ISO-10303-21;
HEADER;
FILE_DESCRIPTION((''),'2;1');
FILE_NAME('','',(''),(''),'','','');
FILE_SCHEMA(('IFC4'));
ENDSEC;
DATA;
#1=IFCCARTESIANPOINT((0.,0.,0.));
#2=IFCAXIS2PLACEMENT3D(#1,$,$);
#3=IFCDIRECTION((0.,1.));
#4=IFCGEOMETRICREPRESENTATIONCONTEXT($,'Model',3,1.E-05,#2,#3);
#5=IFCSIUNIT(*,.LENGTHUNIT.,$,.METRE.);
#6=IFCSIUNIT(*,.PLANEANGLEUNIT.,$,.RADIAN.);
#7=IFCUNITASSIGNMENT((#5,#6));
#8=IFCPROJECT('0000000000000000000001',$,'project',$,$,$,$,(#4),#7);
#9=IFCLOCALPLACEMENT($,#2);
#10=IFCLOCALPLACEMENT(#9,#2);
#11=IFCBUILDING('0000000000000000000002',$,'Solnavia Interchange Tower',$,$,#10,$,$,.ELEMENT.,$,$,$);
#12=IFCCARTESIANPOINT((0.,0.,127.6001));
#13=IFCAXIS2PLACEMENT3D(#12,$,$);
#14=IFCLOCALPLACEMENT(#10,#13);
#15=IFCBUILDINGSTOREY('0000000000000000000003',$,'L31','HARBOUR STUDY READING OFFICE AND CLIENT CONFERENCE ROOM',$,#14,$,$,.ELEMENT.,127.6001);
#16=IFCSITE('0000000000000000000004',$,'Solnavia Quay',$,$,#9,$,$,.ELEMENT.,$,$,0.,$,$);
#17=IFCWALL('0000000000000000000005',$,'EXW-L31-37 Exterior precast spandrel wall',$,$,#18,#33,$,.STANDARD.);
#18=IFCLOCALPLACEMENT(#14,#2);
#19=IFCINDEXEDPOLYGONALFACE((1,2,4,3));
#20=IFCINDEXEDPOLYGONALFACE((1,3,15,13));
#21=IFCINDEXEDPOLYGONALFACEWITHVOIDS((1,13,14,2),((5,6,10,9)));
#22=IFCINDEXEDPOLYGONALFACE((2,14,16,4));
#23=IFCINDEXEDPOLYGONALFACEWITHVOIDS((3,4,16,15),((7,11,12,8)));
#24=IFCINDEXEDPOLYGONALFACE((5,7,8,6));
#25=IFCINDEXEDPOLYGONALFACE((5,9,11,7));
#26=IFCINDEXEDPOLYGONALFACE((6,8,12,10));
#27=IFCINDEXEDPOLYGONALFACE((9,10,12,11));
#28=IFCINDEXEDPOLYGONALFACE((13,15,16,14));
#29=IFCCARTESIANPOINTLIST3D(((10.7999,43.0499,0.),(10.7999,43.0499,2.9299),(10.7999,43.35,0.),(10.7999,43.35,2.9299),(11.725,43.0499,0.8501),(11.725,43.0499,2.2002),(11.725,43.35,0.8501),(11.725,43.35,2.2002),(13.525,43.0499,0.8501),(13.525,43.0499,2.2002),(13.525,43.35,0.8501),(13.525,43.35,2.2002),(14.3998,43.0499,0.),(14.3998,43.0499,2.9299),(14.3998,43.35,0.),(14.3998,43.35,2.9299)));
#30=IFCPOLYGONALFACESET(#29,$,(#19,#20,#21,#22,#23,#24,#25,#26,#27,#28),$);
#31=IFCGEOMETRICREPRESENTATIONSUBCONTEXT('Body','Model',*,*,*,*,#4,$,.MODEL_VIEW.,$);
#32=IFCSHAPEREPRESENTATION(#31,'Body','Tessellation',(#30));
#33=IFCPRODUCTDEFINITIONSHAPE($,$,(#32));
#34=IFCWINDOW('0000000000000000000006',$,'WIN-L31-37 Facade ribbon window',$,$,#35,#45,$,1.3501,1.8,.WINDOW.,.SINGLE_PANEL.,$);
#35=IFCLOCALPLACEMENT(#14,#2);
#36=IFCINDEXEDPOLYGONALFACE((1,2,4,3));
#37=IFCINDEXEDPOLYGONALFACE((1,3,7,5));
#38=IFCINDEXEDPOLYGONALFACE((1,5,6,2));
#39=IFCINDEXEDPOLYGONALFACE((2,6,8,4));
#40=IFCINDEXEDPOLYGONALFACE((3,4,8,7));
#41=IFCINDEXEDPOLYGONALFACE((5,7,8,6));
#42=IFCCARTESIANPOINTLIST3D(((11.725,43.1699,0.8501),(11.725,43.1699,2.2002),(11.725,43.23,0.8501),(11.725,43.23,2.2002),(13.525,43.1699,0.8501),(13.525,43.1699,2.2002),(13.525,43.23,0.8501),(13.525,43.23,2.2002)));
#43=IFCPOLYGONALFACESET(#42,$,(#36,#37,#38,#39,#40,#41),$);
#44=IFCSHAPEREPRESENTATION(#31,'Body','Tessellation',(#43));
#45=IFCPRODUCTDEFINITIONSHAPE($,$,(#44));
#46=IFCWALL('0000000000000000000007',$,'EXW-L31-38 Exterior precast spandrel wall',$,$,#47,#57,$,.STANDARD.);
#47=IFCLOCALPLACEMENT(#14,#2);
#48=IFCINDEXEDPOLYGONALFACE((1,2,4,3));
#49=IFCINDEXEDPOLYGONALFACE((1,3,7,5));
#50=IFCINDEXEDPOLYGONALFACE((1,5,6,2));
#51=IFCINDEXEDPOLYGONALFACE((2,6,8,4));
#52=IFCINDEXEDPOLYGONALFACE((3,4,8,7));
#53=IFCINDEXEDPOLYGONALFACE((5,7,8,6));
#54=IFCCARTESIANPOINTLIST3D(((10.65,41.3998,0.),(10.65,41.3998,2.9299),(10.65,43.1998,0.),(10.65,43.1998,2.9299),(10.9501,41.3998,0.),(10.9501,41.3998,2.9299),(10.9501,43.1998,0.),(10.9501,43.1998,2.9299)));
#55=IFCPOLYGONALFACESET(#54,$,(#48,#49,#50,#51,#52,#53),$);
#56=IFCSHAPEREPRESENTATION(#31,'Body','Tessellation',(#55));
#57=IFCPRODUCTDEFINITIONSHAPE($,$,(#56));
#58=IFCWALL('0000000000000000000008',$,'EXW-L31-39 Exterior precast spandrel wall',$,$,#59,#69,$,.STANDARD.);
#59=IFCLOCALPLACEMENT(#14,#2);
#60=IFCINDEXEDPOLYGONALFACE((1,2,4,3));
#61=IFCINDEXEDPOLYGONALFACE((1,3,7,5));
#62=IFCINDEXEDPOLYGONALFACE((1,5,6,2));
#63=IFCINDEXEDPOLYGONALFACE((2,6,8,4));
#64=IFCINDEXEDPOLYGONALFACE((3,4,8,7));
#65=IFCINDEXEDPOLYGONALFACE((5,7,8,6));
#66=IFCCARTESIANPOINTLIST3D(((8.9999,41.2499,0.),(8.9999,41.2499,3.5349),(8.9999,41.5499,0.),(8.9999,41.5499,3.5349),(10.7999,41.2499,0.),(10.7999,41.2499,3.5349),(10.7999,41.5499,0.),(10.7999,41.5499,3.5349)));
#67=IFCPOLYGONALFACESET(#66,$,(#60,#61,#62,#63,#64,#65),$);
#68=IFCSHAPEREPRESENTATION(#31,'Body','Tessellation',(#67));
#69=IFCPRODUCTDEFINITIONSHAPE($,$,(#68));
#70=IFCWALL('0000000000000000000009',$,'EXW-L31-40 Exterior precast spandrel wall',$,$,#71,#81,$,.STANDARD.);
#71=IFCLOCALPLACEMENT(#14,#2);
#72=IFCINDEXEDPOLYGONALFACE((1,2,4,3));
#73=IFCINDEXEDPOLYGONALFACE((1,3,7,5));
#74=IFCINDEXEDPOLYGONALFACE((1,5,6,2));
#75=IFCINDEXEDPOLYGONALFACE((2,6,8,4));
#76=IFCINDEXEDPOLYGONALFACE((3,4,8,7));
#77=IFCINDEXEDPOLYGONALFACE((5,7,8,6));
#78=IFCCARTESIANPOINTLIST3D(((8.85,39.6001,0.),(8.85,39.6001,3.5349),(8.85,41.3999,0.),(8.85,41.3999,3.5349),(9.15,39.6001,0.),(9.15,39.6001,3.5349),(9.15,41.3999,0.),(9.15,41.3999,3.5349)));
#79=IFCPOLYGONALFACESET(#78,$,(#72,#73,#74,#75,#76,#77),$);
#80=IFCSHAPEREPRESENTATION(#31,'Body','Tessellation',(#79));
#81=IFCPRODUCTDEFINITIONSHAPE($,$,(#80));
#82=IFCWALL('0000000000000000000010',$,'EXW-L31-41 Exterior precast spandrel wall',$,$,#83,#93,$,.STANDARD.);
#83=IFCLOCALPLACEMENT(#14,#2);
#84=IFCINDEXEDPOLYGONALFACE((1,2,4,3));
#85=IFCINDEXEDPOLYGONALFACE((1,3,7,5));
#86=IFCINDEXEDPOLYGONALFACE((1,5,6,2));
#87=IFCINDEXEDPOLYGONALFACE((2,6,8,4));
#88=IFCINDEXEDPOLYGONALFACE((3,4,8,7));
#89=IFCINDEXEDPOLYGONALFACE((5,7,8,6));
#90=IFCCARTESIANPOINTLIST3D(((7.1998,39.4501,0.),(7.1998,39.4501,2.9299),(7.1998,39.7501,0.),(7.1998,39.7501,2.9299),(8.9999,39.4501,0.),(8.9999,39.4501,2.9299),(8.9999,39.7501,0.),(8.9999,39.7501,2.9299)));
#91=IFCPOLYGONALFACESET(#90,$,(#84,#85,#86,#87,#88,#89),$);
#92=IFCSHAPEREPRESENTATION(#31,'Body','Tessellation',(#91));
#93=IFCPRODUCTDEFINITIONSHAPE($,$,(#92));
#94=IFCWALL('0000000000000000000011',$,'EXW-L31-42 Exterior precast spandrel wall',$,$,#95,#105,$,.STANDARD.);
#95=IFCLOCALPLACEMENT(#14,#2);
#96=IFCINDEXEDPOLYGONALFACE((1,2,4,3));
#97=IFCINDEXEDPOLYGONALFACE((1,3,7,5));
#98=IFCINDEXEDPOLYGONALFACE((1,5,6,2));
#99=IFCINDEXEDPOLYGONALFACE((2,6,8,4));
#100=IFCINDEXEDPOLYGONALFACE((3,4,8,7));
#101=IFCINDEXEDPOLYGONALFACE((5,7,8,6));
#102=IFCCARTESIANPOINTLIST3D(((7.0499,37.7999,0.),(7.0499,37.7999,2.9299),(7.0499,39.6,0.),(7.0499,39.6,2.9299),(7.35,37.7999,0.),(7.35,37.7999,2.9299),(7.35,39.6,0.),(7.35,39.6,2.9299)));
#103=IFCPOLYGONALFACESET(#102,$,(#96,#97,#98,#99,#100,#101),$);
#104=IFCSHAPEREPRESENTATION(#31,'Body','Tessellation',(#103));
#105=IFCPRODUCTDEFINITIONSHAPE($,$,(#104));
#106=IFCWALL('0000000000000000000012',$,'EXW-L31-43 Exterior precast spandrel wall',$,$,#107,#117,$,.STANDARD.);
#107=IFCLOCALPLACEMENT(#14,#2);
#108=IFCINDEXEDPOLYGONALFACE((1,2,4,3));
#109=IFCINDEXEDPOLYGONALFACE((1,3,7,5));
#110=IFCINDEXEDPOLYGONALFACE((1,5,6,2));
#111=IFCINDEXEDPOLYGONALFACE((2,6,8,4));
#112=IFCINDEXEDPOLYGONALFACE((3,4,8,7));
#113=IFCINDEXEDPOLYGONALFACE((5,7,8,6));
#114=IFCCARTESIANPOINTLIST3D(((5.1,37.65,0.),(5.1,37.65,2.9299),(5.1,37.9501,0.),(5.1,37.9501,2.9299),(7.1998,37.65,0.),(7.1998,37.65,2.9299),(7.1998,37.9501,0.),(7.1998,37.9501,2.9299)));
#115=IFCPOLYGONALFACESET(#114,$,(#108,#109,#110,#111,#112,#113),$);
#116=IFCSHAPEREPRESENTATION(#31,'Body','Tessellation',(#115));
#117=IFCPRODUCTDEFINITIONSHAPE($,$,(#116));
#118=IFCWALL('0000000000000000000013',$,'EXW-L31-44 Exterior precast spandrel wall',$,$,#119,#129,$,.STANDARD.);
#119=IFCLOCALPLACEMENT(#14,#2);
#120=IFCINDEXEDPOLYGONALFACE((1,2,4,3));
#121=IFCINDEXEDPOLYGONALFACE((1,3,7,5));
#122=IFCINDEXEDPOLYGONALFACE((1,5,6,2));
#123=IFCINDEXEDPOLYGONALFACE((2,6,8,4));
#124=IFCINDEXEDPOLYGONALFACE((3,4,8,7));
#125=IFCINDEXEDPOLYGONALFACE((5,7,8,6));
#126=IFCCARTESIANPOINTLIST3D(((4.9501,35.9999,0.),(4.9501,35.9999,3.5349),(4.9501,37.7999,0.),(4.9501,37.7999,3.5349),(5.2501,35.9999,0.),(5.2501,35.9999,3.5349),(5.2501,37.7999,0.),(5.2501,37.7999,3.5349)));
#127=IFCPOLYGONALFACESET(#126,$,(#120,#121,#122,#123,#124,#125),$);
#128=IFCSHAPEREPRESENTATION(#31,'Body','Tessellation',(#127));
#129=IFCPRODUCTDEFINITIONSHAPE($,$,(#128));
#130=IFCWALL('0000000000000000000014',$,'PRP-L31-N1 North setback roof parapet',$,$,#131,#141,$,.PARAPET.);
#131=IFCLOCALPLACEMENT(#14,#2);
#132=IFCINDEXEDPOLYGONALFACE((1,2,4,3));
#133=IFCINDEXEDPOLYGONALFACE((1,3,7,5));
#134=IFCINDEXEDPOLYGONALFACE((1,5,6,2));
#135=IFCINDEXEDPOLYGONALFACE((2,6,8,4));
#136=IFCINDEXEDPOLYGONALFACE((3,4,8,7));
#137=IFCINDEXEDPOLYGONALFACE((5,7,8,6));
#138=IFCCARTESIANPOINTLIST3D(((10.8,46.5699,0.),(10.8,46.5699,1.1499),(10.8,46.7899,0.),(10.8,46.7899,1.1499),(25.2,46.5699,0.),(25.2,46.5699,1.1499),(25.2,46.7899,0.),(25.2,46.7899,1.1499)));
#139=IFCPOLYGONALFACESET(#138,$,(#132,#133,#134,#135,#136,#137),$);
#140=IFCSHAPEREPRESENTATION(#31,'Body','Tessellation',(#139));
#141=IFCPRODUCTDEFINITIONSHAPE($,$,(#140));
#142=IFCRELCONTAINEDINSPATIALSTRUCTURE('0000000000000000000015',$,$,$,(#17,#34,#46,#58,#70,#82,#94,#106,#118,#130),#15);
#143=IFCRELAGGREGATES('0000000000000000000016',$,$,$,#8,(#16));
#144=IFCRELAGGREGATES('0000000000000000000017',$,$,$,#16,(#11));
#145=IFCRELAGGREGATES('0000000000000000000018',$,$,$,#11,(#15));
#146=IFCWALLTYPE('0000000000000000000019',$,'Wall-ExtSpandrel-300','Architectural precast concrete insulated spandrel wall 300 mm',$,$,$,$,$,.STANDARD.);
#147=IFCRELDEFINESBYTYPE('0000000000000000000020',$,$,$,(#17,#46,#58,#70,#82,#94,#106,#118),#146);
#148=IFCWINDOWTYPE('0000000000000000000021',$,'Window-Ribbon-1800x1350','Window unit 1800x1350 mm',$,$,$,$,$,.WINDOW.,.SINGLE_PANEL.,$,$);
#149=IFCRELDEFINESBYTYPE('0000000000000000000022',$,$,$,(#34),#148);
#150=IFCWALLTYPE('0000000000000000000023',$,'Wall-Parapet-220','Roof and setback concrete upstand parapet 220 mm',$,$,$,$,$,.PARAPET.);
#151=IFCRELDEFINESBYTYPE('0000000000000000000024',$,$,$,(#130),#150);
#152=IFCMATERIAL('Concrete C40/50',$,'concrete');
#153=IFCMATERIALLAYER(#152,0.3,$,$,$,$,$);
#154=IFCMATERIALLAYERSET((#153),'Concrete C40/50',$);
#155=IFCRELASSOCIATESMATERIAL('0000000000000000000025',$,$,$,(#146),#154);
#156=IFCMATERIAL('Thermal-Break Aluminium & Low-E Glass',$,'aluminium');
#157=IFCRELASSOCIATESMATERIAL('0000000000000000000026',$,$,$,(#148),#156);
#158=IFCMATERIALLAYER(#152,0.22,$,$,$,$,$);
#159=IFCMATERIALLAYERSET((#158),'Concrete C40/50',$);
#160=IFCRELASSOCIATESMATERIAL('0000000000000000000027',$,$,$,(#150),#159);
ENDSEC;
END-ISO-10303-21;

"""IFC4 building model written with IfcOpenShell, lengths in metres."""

from ifc_helpers import new_model, si_unit, direction, frame, frame_2d, origin, place, context, subcontext, project, spatial, rectangle, extrude, material, layer, layer_set, type_object, element, fill, save


model = new_model("IFC4")

# Units and contexts
model_context = context("Model", 3, precision=1e-05, world=origin(), true_north=direction((0.0, 1.0)))
body_context = subcontext(model_context, "Body", "Model", "MODEL_VIEW")
ifc_project = project(units=[si_unit("LENGTHUNIT", "METRE"), si_unit("PLANEANGLEUNIT", "RADIAN")], contexts=[model_context])

# Site, building, storey
site_placement = place(None, origin())
site = spatial("IfcSite", under=ifc_project, at=site_placement, Name="Solnavia Quay", CompositionType="ELEMENT", RefElevation=0.0)
building_placement = place(site_placement, origin())
building = spatial("IfcBuilding", under=site, at=building_placement, Name="Solnavia Interchange Tower", CompositionType="ELEMENT")
storey_placement = place(building_placement, frame((0.0, 0.0, 127.6001)))
storey = spatial("IfcBuildingStorey", under=building, at=storey_placement, Name="L31", Description="HARBOUR STUDY READING OFFICE AND CLIENT CONFERENCE ROOM", CompositionType="ELEMENT", Elevation=127.6001)

# Wall, opening, window
ifc_material_1 = material(Name="Concrete C40/50", Category="concrete")
ifc_layer_1 = layer(ifc_material_1, 0.3)
ifc_layer_set_1 = layer_set([ifc_layer_1], Name="Concrete C40/50")
wall_type_1 = type_object("IfcWallType", Name="Wall-ExtSpandrel-300", Description="Architectural precast concrete insulated spandrel wall 300 mm", PredefinedType="STANDARD", material=ifc_layer_set_1)
wall_1_placement = place(storey_placement, frame((10.8, 43.2, 0.0), z_axis=(0.0, 0.0, 1.0), x_axis=(1.0, 0.0, 0.0)))
wall_1 = element("IfcWall", 1, at=wall_1_placement, inside=storey, type_object=wall_type_1, Name="EXW-L31-37 Exterior precast spandrel wall", PredefinedType="STANDARD", context=body_context, shape_type="SweptSolid", body=[
    extrude(rectangle(XDim=3.5999, YDim=0.3, at=frame_2d((1.7998, 0.0))), origin(), (0.0, 0.0, 1.0), 2.9299),
])
opening_placement = place(wall_1_placement, frame((0.925, 0.0, 0.8501)))
opening = element("IfcOpeningElement", 2, at=opening_placement, cuts=wall_1, PredefinedType="OPENING", context=body_context, shape_type="SweptSolid", body=[
    extrude(rectangle(XDim=1.8, YDim=1.3501, at=frame_2d((0.8999, 0.675))), frame((0.0, 0.1602, 0.0), z_axis=(0.0, -1.0, 0.0), x_axis=(1.0, 0.0, 0.0)), (0.0, 0.0, 1.0), 0.3201),
])
ifc_material_2 = material(Name="Thermal-Break Aluminium & Low-E Glass", Category="aluminium")
window_type = type_object("IfcWindowType", Name="Window-Ribbon-1800x1350", Description="Window unit 1800x1350 mm", PartitioningType="SINGLE_PANEL", PredefinedType="WINDOW", material=ifc_material_2)
window_placement = place(opening_placement, origin())
window = element("IfcWindow", 3, at=window_placement, inside=storey, type_object=window_type, Name="WIN-L31-37 Facade ribbon window", OverallHeight=1.3501, OverallWidth=1.8, PartitioningType="SINGLE_PANEL", PredefinedType="WINDOW", context=body_context, shape_type="SweptSolid", body=[
    extrude(rectangle(XDim=1.8, YDim=1.3501, at=frame_2d((0.8999, 0.675))), frame((0.0, 0.03, 0.0), z_axis=(0.0, -1.0, 0.0), x_axis=(1.0, 0.0, 0.0)), (0.0, 0.0, 1.0), 0.0601),
])
fill(opening, window)

# Walls
wall_2_placement = place(storey_placement, frame((10.8, 41.3999, 0.0), z_axis=(0.0, 0.0, 1.0), x_axis=(0.0, 1.0, 0.0)))
element("IfcWall", 4, at=wall_2_placement, inside=storey, type_object=wall_type_1, Name="EXW-L31-38 Exterior precast spandrel wall", PredefinedType="STANDARD", context=body_context, shape_type="SweptSolid", body=[
    extrude(rectangle(XDim=1.8, YDim=0.3, at=frame_2d((0.8999, 0.0))), origin(), (0.0, 0.0, 1.0), 2.9299),
])
wall_3_placement = place(storey_placement, frame((9.0, 41.3999, 0.0), z_axis=(0.0, 0.0, 1.0), x_axis=(1.0, 0.0, 0.0)))
element("IfcWall", 5, at=wall_3_placement, inside=storey, type_object=wall_type_1, Name="EXW-L31-39 Exterior precast spandrel wall", PredefinedType="STANDARD", context=body_context, shape_type="SweptSolid", body=[
    extrude(rectangle(XDim=1.8, YDim=0.3, at=frame_2d((0.8999, 0.0))), origin(), (0.0, 0.0, 1.0), 3.5349),
])
wall_4_placement = place(storey_placement, frame((9.0, 39.6001, 0.0), z_axis=(0.0, 0.0, 1.0), x_axis=(0.0, 1.0, 0.0)))
element("IfcWall", 6, at=wall_4_placement, inside=storey, type_object=wall_type_1, Name="EXW-L31-40 Exterior precast spandrel wall", PredefinedType="STANDARD", context=body_context, shape_type="SweptSolid", body=[
    extrude(rectangle(XDim=1.7998, YDim=0.3, at=frame_2d((0.8999, 0.0))), origin(), (0.0, 0.0, 1.0), 3.5349),
])
for number, where, z_axis, x_axis, name in (
    (7, (7.2, 39.6001, 0.0), (0.0, 0.0, 1.0), (1.0, 0.0, 0.0), "EXW-L31-41 Exterior precast spandrel wall"),
    (8, (7.2, 37.8, 0.0), (0.0, 0.0, 1.0), (0.0, 1.0, 0.0), "EXW-L31-42 Exterior precast spandrel wall"),
):
    element("IfcWall", number, at=place(storey_placement, frame(where, z_axis=z_axis, x_axis=x_axis)), inside=storey, type_object=wall_type_1, Name=name, PredefinedType="STANDARD", context=body_context, shape_type="SweptSolid", body=[
        extrude(rectangle(XDim=1.8, YDim=0.3, at=frame_2d((0.8999, 0.0))), origin(), (0.0, 0.0, 1.0), 2.9299),
    ])
wall_5_placement = place(storey_placement, frame((5.1001, 37.8, 0.0), z_axis=(0.0, 0.0, 1.0), x_axis=(1.0, 0.0, 0.0)))
element("IfcWall", 9, at=wall_5_placement, inside=storey, type_object=wall_type_1, Name="EXW-L31-43 Exterior precast spandrel wall", PredefinedType="STANDARD", context=body_context, shape_type="SweptSolid", body=[
    extrude(rectangle(XDim=2.0999, YDim=0.3, at=frame_2d((1.0498, 0.0))), origin(), (0.0, 0.0, 1.0), 2.9299),
])
wall_6_placement = place(storey_placement, frame((5.1001, 36.0, 0.0), z_axis=(0.0, 0.0, 1.0), x_axis=(0.0, 1.0, 0.0)))
element("IfcWall", 10, at=wall_6_placement, inside=storey, type_object=wall_type_1, Name="EXW-L31-44 Exterior precast spandrel wall", PredefinedType="STANDARD", context=body_context, shape_type="SweptSolid", body=[
    extrude(rectangle(XDim=1.8, YDim=0.3, at=frame_2d((0.8999, 0.0))), origin(), (0.0, 0.0, 1.0), 3.5349),
])
ifc_layer_2 = layer(ifc_material_1, 0.22)
ifc_layer_set_2 = layer_set([ifc_layer_2], Name="Concrete C40/50")
wall_type_2 = type_object("IfcWallType", Name="Wall-Parapet-220", Description="Roof and setback concrete upstand parapet 220 mm", PredefinedType="PARAPET", material=ifc_layer_set_2)
wall_7_placement = place(storey_placement, frame((10.8, 46.6799, 0.0), z_axis=(0.0, 0.0, 1.0), x_axis=(1.0, 0.0, 0.0)))
element("IfcWall", 11, at=wall_7_placement, inside=storey, type_object=wall_type_2, Name="PRP-L31-N1 North setback roof parapet", PredefinedType="PARAPET", context=body_context, shape_type="SweptSolid", body=[
    extrude(rectangle(XDim=14.3999, YDim=0.22, at=frame_2d((7.2, 0.0))), origin(), (0.0, 0.0, 1.0), 1.1499),
])

save(model, "model.ifc")
